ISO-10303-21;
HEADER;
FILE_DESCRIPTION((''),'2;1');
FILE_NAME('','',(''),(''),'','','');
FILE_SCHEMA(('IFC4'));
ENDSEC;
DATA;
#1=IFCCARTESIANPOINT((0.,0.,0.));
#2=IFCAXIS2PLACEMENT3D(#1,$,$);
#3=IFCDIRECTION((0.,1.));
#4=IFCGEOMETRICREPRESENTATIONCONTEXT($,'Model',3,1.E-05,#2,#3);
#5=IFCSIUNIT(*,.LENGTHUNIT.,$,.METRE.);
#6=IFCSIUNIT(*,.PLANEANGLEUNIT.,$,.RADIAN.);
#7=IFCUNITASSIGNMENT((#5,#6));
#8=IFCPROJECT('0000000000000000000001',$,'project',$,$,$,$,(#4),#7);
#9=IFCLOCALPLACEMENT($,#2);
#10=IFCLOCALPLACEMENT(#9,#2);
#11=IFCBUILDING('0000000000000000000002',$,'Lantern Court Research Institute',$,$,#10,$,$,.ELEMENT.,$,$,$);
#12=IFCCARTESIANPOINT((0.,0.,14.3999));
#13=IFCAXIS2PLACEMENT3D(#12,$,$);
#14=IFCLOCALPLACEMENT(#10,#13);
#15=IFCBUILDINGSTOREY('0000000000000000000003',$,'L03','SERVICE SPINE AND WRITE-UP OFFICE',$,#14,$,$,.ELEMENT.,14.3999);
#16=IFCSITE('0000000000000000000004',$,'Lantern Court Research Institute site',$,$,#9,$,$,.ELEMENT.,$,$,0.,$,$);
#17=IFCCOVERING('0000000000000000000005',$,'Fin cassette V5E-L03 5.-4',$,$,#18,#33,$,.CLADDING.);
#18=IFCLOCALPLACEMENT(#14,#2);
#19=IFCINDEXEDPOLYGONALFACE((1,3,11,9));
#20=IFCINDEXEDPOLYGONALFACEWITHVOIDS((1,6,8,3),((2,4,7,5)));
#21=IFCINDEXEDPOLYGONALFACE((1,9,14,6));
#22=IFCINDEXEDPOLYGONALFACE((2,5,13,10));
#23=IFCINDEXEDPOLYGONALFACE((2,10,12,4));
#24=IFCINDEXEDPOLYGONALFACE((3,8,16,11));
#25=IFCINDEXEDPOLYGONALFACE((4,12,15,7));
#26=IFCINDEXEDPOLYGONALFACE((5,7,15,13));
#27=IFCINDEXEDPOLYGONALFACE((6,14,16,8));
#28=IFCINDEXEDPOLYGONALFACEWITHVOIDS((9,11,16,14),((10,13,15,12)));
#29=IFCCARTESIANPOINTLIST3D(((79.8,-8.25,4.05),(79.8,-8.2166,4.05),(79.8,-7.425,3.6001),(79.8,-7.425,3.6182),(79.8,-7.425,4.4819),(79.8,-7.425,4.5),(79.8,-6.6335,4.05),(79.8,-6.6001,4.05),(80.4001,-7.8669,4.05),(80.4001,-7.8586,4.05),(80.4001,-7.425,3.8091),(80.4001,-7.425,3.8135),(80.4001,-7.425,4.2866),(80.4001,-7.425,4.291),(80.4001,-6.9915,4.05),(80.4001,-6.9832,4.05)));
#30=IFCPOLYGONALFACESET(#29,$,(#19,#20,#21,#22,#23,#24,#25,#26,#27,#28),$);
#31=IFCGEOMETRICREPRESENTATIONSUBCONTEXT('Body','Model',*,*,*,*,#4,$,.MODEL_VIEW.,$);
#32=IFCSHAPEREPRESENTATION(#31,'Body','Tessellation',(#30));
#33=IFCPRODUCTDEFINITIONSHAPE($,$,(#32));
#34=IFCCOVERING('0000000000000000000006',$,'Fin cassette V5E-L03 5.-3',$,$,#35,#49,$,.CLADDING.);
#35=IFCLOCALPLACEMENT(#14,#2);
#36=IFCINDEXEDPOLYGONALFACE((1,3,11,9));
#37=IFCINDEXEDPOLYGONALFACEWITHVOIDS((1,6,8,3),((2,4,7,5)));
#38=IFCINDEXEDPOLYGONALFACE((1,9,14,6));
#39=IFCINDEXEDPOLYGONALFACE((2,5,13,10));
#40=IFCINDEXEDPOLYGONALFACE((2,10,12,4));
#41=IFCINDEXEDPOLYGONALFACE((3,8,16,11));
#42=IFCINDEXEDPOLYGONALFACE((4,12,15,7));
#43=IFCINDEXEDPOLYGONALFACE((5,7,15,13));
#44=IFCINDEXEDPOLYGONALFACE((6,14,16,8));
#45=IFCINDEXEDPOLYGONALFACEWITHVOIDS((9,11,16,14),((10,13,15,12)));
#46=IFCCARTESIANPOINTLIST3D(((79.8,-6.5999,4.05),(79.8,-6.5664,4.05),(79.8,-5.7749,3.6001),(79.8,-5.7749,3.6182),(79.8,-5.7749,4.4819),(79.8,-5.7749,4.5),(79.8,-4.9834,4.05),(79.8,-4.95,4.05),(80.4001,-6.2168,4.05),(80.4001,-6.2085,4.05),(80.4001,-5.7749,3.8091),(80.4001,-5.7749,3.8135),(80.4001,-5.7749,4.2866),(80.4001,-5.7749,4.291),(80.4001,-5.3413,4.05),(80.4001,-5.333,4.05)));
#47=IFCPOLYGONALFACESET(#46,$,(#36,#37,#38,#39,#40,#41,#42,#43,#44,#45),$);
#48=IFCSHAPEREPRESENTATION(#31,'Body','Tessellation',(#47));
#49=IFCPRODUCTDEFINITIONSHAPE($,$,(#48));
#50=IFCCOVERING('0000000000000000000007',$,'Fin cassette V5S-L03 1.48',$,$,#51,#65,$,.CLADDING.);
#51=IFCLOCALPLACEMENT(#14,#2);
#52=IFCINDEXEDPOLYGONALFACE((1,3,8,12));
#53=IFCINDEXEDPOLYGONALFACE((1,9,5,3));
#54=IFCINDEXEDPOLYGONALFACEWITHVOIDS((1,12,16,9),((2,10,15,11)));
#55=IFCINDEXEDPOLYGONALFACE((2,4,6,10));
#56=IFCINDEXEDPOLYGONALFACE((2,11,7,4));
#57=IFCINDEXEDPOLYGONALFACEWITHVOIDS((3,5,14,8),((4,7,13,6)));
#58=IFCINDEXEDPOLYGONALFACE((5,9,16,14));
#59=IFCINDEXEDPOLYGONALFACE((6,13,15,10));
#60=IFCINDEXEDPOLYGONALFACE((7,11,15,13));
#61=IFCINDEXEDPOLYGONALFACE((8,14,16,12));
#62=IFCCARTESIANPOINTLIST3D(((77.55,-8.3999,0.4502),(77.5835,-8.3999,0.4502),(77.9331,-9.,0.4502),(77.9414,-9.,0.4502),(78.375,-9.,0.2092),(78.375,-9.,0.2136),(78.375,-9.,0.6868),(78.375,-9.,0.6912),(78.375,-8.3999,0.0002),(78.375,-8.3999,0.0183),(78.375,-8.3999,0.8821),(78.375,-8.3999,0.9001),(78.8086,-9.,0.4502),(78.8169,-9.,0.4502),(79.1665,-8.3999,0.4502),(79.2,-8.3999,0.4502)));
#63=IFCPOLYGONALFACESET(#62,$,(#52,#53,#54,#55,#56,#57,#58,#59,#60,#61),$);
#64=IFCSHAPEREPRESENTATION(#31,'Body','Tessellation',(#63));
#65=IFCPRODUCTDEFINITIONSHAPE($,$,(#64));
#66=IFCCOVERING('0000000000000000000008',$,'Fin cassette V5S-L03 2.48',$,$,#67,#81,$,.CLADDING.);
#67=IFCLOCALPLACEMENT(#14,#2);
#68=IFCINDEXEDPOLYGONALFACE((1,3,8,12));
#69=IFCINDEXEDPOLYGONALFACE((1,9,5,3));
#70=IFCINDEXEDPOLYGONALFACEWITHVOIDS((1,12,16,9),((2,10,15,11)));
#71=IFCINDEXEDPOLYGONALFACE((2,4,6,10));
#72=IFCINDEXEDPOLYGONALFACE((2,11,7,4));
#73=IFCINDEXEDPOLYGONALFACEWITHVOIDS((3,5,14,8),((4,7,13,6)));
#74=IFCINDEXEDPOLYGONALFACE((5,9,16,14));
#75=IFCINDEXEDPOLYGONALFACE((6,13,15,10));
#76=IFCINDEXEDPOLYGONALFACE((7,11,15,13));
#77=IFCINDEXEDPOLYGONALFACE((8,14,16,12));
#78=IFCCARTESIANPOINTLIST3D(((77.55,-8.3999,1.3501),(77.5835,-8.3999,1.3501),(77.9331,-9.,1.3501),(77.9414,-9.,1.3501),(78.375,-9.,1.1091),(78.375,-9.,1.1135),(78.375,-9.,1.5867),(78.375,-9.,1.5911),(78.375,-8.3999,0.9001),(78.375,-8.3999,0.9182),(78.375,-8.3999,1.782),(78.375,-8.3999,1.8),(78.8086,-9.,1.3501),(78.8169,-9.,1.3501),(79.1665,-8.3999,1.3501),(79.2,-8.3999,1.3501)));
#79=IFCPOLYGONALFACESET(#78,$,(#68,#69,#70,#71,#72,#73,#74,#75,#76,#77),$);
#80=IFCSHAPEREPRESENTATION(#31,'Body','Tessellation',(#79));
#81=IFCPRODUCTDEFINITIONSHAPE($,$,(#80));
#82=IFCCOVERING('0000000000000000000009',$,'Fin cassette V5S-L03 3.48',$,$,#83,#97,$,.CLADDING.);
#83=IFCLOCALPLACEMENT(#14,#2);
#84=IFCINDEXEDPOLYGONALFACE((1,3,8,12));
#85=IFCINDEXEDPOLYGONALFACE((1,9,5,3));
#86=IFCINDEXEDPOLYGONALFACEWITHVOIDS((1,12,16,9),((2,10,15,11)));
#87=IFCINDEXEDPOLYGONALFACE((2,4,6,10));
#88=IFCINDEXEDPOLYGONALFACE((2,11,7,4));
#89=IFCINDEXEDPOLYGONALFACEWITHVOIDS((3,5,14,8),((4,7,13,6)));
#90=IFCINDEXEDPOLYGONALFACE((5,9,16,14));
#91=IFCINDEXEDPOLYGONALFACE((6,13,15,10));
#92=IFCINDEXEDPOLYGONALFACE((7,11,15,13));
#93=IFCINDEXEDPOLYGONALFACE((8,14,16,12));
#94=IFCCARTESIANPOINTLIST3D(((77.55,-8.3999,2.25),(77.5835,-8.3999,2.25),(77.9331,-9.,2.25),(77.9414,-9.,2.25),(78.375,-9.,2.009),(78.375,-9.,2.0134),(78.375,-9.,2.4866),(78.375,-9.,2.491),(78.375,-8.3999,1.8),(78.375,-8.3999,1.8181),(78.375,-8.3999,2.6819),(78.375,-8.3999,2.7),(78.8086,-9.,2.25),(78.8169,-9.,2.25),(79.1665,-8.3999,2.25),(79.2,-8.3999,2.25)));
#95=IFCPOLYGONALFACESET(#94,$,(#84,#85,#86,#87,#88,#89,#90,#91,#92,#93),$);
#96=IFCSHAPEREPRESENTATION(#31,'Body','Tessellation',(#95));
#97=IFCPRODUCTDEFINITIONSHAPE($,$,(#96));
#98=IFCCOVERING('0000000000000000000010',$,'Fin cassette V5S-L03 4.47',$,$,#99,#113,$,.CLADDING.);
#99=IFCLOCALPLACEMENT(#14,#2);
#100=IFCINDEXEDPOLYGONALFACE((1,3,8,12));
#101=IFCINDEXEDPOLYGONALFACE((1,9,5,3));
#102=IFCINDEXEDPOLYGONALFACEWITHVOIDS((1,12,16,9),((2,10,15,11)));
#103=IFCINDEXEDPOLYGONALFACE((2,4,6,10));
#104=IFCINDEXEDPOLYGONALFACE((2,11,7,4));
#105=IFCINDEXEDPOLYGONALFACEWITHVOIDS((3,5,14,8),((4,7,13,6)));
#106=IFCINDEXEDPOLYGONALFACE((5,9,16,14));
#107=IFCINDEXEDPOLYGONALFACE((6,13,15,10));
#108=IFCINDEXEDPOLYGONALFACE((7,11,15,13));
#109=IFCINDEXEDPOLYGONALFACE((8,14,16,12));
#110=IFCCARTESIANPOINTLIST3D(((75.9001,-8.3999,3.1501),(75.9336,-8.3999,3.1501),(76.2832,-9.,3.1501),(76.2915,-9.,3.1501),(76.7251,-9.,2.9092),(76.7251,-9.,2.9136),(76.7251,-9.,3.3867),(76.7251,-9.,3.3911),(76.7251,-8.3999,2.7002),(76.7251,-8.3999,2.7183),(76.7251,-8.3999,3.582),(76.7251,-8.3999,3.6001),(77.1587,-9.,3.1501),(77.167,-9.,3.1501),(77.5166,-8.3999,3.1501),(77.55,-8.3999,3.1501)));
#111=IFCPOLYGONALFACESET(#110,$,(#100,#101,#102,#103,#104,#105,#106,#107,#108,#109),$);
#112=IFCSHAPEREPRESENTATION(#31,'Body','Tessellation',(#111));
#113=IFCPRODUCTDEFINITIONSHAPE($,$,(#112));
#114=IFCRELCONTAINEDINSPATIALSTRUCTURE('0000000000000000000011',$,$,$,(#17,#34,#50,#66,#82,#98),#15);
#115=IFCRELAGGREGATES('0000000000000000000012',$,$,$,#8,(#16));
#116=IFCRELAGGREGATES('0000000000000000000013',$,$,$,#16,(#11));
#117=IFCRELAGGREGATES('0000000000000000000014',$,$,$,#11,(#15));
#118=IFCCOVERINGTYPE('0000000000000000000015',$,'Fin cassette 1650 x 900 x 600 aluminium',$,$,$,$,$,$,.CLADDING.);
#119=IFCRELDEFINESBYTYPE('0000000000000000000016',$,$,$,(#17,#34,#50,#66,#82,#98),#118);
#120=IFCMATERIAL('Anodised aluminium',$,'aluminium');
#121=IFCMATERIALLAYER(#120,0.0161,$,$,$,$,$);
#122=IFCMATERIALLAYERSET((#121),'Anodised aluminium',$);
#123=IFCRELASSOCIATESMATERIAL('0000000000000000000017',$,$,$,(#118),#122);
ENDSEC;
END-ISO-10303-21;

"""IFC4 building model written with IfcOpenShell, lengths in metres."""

from ifc_helpers import new_model, entity, si_unit, direction, frame, origin, place, context, subcontext, project, spatial, material, layer, layer_set, type_object, element, save


model = new_model("IFC4")

# Units and contexts
model_context = context("Model", 3, precision=1e-05, world=origin(), true_north=direction((0.0, 1.0)))
body_context = subcontext(model_context, "Body", "Model", "MODEL_VIEW")
ifc_project = project(units=[si_unit("LENGTHUNIT", "METRE"), si_unit("PLANEANGLEUNIT", "RADIAN")], contexts=[model_context])

# Site, building, storey
site_placement = place(None, origin())
site = spatial("IfcSite", under=ifc_project, at=site_placement, Name="Lantern Court Research Institute site", CompositionType="ELEMENT", RefElevation=0.0)
building_placement = place(site_placement, origin())
building = spatial("IfcBuilding", under=site, at=building_placement, Name="Lantern Court Research Institute", CompositionType="ELEMENT")
storey_placement = place(building_placement, frame((0.0, 0.0, 14.3999)))
storey = spatial("IfcBuildingStorey", under=building, at=storey_placement, Name="L03", Description="SERVICE SPINE AND WRITE-UP OFFICE", CompositionType="ELEMENT", Elevation=14.3999)

# Coverings
ifc_material_1 = material(Name="Anodised aluminium", Category="aluminium")
ifc_layer_1 = layer(ifc_material_1, 0.0161)
ifc_layer_set_1 = layer_set([ifc_layer_1], Name="Anodised aluminium")
covering_type = type_object("IfcCoveringType", Name="Fin cassette 1650 x 900 x 600 aluminium", PredefinedType="CLADDING", material=ifc_layer_set_1)
covering_1_placement = place(storey_placement, frame((79.8, -7.425, 4.05), z_axis=(1.0, 0.0, 0.0), x_axis=(0.0, 1.0, 0.0)))
cartesian_point_1 = entity("IfcCartesianPoint", [0.825, 0.0])
cartesian_point_2 = entity("IfcCartesianPoint", [0.7915, 0.0])
cartesian_point_3 = entity("IfcCartesianPoint", [0.4419, 0.0])
cartesian_point_4 = entity("IfcCartesianPoint", [0.4336, 0.0])
element("IfcCovering", 1, at=covering_1_placement, inside=storey, type_object=covering_type, Name="Fin cassette V5E-L03 5.-4", PredefinedType="CLADDING", context=body_context, shape_type="SweptSolid", body=[
    entity("IfcExtrudedAreaSolidTapered", entity("IfcArbitraryProfileDefWithVoids", "AREA", None, entity("IfcPolyline", [cartesian_point_1, entity("IfcCartesianPoint", [0.0, 0.45]), entity("IfcCartesianPoint", [-0.825, 0.0]), entity("IfcCartesianPoint", [0.0, -0.45]), cartesian_point_1]), [entity("IfcPolyline", [cartesian_point_2, entity("IfcCartesianPoint", [0.0, 0.4319]), entity("IfcCartesianPoint", [-0.7915, 0.0]), entity("IfcCartesianPoint", [0.0, -0.4319]), cartesian_point_2])]), entity("IfcAxis2Placement3D", entity("IfcCartesianPoint", [0.0, 0.0, 0.0])), entity("IfcDirection", [0.0, 0.0, 1.0]), 0.6001, entity("IfcArbitraryProfileDefWithVoids", "AREA", None, entity("IfcPolyline", [cartesian_point_3, entity("IfcCartesianPoint", [0.0, 0.241]), entity("IfcCartesianPoint", [-0.4419, 0.0]), entity("IfcCartesianPoint", [0.0, -0.241]), cartesian_point_3]), [entity("IfcPolyline", [cartesian_point_4, entity("IfcCartesianPoint", [0.0, 0.2366]), entity("IfcCartesianPoint", [-0.4336, 0.0]), entity("IfcCartesianPoint", [0.0, -0.2366]), cartesian_point_4])])),
])
covering_2_placement = place(storey_placement, frame((79.8, -5.7749, 4.05), z_axis=(1.0, 0.0, 0.0), x_axis=(0.0, 1.0, 0.0)))
cartesian_point_5 = entity("IfcCartesianPoint", [0.825, 0.0])
cartesian_point_6 = entity("IfcCartesianPoint", [0.7915, 0.0])
cartesian_point_7 = entity("IfcCartesianPoint", [0.4419, 0.0])
cartesian_point_8 = entity("IfcCartesianPoint", [0.4336, 0.0])
element("IfcCovering", 2, at=covering_2_placement, inside=storey, type_object=covering_type, Name="Fin cassette V5E-L03 5.-3", PredefinedType="CLADDING", context=body_context, shape_type="SweptSolid", body=[
    entity("IfcExtrudedAreaSolidTapered", entity("IfcArbitraryProfileDefWithVoids", "AREA", None, entity("IfcPolyline", [cartesian_point_5, entity("IfcCartesianPoint", [0.0, 0.45]), entity("IfcCartesianPoint", [-0.825, 0.0]), entity("IfcCartesianPoint", [0.0, -0.45]), cartesian_point_5]), [entity("IfcPolyline", [cartesian_point_6, entity("IfcCartesianPoint", [0.0, 0.4319]), entity("IfcCartesianPoint", [-0.7915, 0.0]), entity("IfcCartesianPoint", [0.0, -0.4319]), cartesian_point_6])]), entity("IfcAxis2Placement3D", entity("IfcCartesianPoint", [0.0, 0.0, 0.0])), entity("IfcDirection", [0.0, 0.0, 1.0]), 0.6001, entity("IfcArbitraryProfileDefWithVoids", "AREA", None, entity("IfcPolyline", [cartesian_point_7, entity("IfcCartesianPoint", [0.0, 0.241]), entity("IfcCartesianPoint", [-0.4419, 0.0]), entity("IfcCartesianPoint", [0.0, -0.241]), cartesian_point_7]), [entity("IfcPolyline", [cartesian_point_8, entity("IfcCartesianPoint", [0.0, 0.2366]), entity("IfcCartesianPoint", [-0.4336, 0.0]), entity("IfcCartesianPoint", [0.0, -0.2366]), cartesian_point_8])])),
])
covering_3_placement = place(storey_placement, frame((78.375, -8.3999, 0.4502), z_axis=(0.0, -1.0, 0.0), x_axis=(1.0, 0.0, 0.0)))
cartesian_point_9 = entity("IfcCartesianPoint", [0.825, 0.0])
cartesian_point_10 = entity("IfcCartesianPoint", [0.7915, 0.0])
cartesian_point_11 = entity("IfcCartesianPoint", [0.4419, 0.0])
cartesian_point_12 = entity("IfcCartesianPoint", [0.4336, 0.0])
element("IfcCovering", 3, at=covering_3_placement, inside=storey, type_object=covering_type, Name="Fin cassette V5S-L03 1.48", PredefinedType="CLADDING", context=body_context, shape_type="SweptSolid", body=[
    entity("IfcExtrudedAreaSolidTapered", entity("IfcArbitraryProfileDefWithVoids", "AREA", None, entity("IfcPolyline", [cartesian_point_9, entity("IfcCartesianPoint", [0.0, 0.45]), entity("IfcCartesianPoint", [-0.825, 0.0]), entity("IfcCartesianPoint", [0.0, -0.45]), cartesian_point_9]), [entity("IfcPolyline", [cartesian_point_10, entity("IfcCartesianPoint", [0.0, 0.4319]), entity("IfcCartesianPoint", [-0.7915, 0.0]), entity("IfcCartesianPoint", [0.0, -0.4319]), cartesian_point_10])]), entity("IfcAxis2Placement3D", entity("IfcCartesianPoint", [0.0, 0.0, 0.0])), entity("IfcDirection", [0.0, 0.0, 1.0]), 0.6001, entity("IfcArbitraryProfileDefWithVoids", "AREA", None, entity("IfcPolyline", [cartesian_point_11, entity("IfcCartesianPoint", [0.0, 0.241]), entity("IfcCartesianPoint", [-0.4419, 0.0]), entity("IfcCartesianPoint", [0.0, -0.241]), cartesian_point_11]), [entity("IfcPolyline", [cartesian_point_12, entity("IfcCartesianPoint", [0.0, 0.2366]), entity("IfcCartesianPoint", [-0.4336, 0.0]), entity("IfcCartesianPoint", [0.0, -0.2366]), cartesian_point_12])])),
])
covering_4_placement = place(storey_placement, frame((78.375, -8.3999, 1.3501), z_axis=(0.0, -1.0, 0.0), x_axis=(1.0, 0.0, 0.0)))
cartesian_point_13 = entity("IfcCartesianPoint", [0.825, 0.0])
cartesian_point_14 = entity("IfcCartesianPoint", [0.7915, 0.0])
cartesian_point_15 = entity("IfcCartesianPoint", [0.4419, 0.0])
cartesian_point_16 = entity("IfcCartesianPoint", [0.4336, 0.0])
element("IfcCovering", 4, at=covering_4_placement, inside=storey, type_object=covering_type, Name="Fin cassette V5S-L03 2.48", PredefinedType="CLADDING", context=body_context, shape_type="SweptSolid", body=[
    entity("IfcExtrudedAreaSolidTapered", entity("IfcArbitraryProfileDefWithVoids", "AREA", None, entity("IfcPolyline", [cartesian_point_13, entity("IfcCartesianPoint", [0.0, 0.45]), entity("IfcCartesianPoint", [-0.825, 0.0]), entity("IfcCartesianPoint", [0.0, -0.45]), cartesian_point_13]), [entity("IfcPolyline", [cartesian_point_14, entity("IfcCartesianPoint", [0.0, 0.4319]), entity("IfcCartesianPoint", [-0.7915, 0.0]), entity("IfcCartesianPoint", [0.0, -0.4319]), cartesian_point_14])]), entity("IfcAxis2Placement3D", entity("IfcCartesianPoint", [0.0, 0.0, 0.0])), entity("IfcDirection", [0.0, 0.0, 1.0]), 0.6001, entity("IfcArbitraryProfileDefWithVoids", "AREA", None, entity("IfcPolyline", [cartesian_point_15, entity("IfcCartesianPoint", [0.0, 0.241]), entity("IfcCartesianPoint", [-0.4419, 0.0]), entity("IfcCartesianPoint", [0.0, -0.241]), cartesian_point_15]), [entity("IfcPolyline", [cartesian_point_16, entity("IfcCartesianPoint", [0.0, 0.2366]), entity("IfcCartesianPoint", [-0.4336, 0.0]), entity("IfcCartesianPoint", [0.0, -0.2366]), cartesian_point_16])])),
])
covering_5_placement = place(storey_placement, frame((78.375, -8.3999, 2.25), z_axis=(0.0, -1.0, 0.0), x_axis=(1.0, 0.0, 0.0)))
cartesian_point_17 = entity("IfcCartesianPoint", [0.825, 0.0])
cartesian_point_18 = entity("IfcCartesianPoint", [0.7915, 0.0])
cartesian_point_19 = entity("IfcCartesianPoint", [0.4419, 0.0])
cartesian_point_20 = entity("IfcCartesianPoint", [0.4336, 0.0])
element("IfcCovering", 5, at=covering_5_placement, inside=storey, type_object=covering_type, Name="Fin cassette V5S-L03 3.48", PredefinedType="CLADDING", context=body_context, shape_type="SweptSolid", body=[
    entity("IfcExtrudedAreaSolidTapered", entity("IfcArbitraryProfileDefWithVoids", "AREA", None, entity("IfcPolyline", [cartesian_point_17, entity("IfcCartesianPoint", [0.0, 0.45]), entity("IfcCartesianPoint", [-0.825, 0.0]), entity("IfcCartesianPoint", [0.0, -0.45]), cartesian_point_17]), [entity("IfcPolyline", [cartesian_point_18, entity("IfcCartesianPoint", [0.0, 0.4319]), entity("IfcCartesianPoint", [-0.7915, 0.0]), entity("IfcCartesianPoint", [0.0, -0.4319]), cartesian_point_18])]), entity("IfcAxis2Placement3D", entity("IfcCartesianPoint", [0.0, 0.0, 0.0])), entity("IfcDirection", [0.0, 0.0, 1.0]), 0.6001, entity("IfcArbitraryProfileDefWithVoids", "AREA", None, entity("IfcPolyline", [cartesian_point_19, entity("IfcCartesianPoint", [0.0, 0.241]), entity("IfcCartesianPoint", [-0.4419, 0.0]), entity("IfcCartesianPoint", [0.0, -0.241]), cartesian_point_19]), [entity("IfcPolyline", [cartesian_point_20, entity("IfcCartesianPoint", [0.0, 0.2366]), entity("IfcCartesianPoint", [-0.4336, 0.0]), entity("IfcCartesianPoint", [0.0, -0.2366]), cartesian_point_20])])),
])
covering_6_placement = place(storey_placement, frame((76.7251, -8.3999, 3.1501), z_axis=(0.0, -1.0, 0.0), x_axis=(1.0, 0.0, 0.0)))
cartesian_point_21 = entity("IfcCartesianPoint", [0.825, 0.0])
cartesian_point_22 = entity("IfcCartesianPoint", [0.7915, 0.0])
cartesian_point_23 = entity("IfcCartesianPoint", [0.4419, 0.0])
cartesian_point_24 = entity("IfcCartesianPoint", [0.4336, 0.0])
element("IfcCovering", 6, at=covering_6_placement, inside=storey, type_object=covering_type, Name="Fin cassette V5S-L03 4.47", PredefinedType="CLADDING", context=body_context, shape_type="SweptSolid", body=[
    entity("IfcExtrudedAreaSolidTapered", entity("IfcArbitraryProfileDefWithVoids", "AREA", None, entity("IfcPolyline", [cartesian_point_21, entity("IfcCartesianPoint", [0.0, 0.45]), entity("IfcCartesianPoint", [-0.825, 0.0]), entity("IfcCartesianPoint", [0.0, -0.45]), cartesian_point_21]), [entity("IfcPolyline", [cartesian_point_22, entity("IfcCartesianPoint", [0.0, 0.4319]), entity("IfcCartesianPoint", [-0.7915, 0.0]), entity("IfcCartesianPoint", [0.0, -0.4319]), cartesian_point_22])]), entity("IfcAxis2Placement3D", entity("IfcCartesianPoint", [0.0, 0.0, 0.0])), entity("IfcDirection", [0.0, 0.0, 1.0]), 0.6001, entity("IfcArbitraryProfileDefWithVoids", "AREA", None, entity("IfcPolyline", [cartesian_point_23, entity("IfcCartesianPoint", [0.0, 0.241]), entity("IfcCartesianPoint", [-0.4419, 0.0]), entity("IfcCartesianPoint", [0.0, -0.241]), cartesian_point_23]), [entity("IfcPolyline", [cartesian_point_24, entity("IfcCartesianPoint", [0.0, 0.2366]), entity("IfcCartesianPoint", [-0.4336, 0.0]), entity("IfcCartesianPoint", [0.0, -0.2366]), cartesian_point_24])])),
])

save(model, "model.ifc")
